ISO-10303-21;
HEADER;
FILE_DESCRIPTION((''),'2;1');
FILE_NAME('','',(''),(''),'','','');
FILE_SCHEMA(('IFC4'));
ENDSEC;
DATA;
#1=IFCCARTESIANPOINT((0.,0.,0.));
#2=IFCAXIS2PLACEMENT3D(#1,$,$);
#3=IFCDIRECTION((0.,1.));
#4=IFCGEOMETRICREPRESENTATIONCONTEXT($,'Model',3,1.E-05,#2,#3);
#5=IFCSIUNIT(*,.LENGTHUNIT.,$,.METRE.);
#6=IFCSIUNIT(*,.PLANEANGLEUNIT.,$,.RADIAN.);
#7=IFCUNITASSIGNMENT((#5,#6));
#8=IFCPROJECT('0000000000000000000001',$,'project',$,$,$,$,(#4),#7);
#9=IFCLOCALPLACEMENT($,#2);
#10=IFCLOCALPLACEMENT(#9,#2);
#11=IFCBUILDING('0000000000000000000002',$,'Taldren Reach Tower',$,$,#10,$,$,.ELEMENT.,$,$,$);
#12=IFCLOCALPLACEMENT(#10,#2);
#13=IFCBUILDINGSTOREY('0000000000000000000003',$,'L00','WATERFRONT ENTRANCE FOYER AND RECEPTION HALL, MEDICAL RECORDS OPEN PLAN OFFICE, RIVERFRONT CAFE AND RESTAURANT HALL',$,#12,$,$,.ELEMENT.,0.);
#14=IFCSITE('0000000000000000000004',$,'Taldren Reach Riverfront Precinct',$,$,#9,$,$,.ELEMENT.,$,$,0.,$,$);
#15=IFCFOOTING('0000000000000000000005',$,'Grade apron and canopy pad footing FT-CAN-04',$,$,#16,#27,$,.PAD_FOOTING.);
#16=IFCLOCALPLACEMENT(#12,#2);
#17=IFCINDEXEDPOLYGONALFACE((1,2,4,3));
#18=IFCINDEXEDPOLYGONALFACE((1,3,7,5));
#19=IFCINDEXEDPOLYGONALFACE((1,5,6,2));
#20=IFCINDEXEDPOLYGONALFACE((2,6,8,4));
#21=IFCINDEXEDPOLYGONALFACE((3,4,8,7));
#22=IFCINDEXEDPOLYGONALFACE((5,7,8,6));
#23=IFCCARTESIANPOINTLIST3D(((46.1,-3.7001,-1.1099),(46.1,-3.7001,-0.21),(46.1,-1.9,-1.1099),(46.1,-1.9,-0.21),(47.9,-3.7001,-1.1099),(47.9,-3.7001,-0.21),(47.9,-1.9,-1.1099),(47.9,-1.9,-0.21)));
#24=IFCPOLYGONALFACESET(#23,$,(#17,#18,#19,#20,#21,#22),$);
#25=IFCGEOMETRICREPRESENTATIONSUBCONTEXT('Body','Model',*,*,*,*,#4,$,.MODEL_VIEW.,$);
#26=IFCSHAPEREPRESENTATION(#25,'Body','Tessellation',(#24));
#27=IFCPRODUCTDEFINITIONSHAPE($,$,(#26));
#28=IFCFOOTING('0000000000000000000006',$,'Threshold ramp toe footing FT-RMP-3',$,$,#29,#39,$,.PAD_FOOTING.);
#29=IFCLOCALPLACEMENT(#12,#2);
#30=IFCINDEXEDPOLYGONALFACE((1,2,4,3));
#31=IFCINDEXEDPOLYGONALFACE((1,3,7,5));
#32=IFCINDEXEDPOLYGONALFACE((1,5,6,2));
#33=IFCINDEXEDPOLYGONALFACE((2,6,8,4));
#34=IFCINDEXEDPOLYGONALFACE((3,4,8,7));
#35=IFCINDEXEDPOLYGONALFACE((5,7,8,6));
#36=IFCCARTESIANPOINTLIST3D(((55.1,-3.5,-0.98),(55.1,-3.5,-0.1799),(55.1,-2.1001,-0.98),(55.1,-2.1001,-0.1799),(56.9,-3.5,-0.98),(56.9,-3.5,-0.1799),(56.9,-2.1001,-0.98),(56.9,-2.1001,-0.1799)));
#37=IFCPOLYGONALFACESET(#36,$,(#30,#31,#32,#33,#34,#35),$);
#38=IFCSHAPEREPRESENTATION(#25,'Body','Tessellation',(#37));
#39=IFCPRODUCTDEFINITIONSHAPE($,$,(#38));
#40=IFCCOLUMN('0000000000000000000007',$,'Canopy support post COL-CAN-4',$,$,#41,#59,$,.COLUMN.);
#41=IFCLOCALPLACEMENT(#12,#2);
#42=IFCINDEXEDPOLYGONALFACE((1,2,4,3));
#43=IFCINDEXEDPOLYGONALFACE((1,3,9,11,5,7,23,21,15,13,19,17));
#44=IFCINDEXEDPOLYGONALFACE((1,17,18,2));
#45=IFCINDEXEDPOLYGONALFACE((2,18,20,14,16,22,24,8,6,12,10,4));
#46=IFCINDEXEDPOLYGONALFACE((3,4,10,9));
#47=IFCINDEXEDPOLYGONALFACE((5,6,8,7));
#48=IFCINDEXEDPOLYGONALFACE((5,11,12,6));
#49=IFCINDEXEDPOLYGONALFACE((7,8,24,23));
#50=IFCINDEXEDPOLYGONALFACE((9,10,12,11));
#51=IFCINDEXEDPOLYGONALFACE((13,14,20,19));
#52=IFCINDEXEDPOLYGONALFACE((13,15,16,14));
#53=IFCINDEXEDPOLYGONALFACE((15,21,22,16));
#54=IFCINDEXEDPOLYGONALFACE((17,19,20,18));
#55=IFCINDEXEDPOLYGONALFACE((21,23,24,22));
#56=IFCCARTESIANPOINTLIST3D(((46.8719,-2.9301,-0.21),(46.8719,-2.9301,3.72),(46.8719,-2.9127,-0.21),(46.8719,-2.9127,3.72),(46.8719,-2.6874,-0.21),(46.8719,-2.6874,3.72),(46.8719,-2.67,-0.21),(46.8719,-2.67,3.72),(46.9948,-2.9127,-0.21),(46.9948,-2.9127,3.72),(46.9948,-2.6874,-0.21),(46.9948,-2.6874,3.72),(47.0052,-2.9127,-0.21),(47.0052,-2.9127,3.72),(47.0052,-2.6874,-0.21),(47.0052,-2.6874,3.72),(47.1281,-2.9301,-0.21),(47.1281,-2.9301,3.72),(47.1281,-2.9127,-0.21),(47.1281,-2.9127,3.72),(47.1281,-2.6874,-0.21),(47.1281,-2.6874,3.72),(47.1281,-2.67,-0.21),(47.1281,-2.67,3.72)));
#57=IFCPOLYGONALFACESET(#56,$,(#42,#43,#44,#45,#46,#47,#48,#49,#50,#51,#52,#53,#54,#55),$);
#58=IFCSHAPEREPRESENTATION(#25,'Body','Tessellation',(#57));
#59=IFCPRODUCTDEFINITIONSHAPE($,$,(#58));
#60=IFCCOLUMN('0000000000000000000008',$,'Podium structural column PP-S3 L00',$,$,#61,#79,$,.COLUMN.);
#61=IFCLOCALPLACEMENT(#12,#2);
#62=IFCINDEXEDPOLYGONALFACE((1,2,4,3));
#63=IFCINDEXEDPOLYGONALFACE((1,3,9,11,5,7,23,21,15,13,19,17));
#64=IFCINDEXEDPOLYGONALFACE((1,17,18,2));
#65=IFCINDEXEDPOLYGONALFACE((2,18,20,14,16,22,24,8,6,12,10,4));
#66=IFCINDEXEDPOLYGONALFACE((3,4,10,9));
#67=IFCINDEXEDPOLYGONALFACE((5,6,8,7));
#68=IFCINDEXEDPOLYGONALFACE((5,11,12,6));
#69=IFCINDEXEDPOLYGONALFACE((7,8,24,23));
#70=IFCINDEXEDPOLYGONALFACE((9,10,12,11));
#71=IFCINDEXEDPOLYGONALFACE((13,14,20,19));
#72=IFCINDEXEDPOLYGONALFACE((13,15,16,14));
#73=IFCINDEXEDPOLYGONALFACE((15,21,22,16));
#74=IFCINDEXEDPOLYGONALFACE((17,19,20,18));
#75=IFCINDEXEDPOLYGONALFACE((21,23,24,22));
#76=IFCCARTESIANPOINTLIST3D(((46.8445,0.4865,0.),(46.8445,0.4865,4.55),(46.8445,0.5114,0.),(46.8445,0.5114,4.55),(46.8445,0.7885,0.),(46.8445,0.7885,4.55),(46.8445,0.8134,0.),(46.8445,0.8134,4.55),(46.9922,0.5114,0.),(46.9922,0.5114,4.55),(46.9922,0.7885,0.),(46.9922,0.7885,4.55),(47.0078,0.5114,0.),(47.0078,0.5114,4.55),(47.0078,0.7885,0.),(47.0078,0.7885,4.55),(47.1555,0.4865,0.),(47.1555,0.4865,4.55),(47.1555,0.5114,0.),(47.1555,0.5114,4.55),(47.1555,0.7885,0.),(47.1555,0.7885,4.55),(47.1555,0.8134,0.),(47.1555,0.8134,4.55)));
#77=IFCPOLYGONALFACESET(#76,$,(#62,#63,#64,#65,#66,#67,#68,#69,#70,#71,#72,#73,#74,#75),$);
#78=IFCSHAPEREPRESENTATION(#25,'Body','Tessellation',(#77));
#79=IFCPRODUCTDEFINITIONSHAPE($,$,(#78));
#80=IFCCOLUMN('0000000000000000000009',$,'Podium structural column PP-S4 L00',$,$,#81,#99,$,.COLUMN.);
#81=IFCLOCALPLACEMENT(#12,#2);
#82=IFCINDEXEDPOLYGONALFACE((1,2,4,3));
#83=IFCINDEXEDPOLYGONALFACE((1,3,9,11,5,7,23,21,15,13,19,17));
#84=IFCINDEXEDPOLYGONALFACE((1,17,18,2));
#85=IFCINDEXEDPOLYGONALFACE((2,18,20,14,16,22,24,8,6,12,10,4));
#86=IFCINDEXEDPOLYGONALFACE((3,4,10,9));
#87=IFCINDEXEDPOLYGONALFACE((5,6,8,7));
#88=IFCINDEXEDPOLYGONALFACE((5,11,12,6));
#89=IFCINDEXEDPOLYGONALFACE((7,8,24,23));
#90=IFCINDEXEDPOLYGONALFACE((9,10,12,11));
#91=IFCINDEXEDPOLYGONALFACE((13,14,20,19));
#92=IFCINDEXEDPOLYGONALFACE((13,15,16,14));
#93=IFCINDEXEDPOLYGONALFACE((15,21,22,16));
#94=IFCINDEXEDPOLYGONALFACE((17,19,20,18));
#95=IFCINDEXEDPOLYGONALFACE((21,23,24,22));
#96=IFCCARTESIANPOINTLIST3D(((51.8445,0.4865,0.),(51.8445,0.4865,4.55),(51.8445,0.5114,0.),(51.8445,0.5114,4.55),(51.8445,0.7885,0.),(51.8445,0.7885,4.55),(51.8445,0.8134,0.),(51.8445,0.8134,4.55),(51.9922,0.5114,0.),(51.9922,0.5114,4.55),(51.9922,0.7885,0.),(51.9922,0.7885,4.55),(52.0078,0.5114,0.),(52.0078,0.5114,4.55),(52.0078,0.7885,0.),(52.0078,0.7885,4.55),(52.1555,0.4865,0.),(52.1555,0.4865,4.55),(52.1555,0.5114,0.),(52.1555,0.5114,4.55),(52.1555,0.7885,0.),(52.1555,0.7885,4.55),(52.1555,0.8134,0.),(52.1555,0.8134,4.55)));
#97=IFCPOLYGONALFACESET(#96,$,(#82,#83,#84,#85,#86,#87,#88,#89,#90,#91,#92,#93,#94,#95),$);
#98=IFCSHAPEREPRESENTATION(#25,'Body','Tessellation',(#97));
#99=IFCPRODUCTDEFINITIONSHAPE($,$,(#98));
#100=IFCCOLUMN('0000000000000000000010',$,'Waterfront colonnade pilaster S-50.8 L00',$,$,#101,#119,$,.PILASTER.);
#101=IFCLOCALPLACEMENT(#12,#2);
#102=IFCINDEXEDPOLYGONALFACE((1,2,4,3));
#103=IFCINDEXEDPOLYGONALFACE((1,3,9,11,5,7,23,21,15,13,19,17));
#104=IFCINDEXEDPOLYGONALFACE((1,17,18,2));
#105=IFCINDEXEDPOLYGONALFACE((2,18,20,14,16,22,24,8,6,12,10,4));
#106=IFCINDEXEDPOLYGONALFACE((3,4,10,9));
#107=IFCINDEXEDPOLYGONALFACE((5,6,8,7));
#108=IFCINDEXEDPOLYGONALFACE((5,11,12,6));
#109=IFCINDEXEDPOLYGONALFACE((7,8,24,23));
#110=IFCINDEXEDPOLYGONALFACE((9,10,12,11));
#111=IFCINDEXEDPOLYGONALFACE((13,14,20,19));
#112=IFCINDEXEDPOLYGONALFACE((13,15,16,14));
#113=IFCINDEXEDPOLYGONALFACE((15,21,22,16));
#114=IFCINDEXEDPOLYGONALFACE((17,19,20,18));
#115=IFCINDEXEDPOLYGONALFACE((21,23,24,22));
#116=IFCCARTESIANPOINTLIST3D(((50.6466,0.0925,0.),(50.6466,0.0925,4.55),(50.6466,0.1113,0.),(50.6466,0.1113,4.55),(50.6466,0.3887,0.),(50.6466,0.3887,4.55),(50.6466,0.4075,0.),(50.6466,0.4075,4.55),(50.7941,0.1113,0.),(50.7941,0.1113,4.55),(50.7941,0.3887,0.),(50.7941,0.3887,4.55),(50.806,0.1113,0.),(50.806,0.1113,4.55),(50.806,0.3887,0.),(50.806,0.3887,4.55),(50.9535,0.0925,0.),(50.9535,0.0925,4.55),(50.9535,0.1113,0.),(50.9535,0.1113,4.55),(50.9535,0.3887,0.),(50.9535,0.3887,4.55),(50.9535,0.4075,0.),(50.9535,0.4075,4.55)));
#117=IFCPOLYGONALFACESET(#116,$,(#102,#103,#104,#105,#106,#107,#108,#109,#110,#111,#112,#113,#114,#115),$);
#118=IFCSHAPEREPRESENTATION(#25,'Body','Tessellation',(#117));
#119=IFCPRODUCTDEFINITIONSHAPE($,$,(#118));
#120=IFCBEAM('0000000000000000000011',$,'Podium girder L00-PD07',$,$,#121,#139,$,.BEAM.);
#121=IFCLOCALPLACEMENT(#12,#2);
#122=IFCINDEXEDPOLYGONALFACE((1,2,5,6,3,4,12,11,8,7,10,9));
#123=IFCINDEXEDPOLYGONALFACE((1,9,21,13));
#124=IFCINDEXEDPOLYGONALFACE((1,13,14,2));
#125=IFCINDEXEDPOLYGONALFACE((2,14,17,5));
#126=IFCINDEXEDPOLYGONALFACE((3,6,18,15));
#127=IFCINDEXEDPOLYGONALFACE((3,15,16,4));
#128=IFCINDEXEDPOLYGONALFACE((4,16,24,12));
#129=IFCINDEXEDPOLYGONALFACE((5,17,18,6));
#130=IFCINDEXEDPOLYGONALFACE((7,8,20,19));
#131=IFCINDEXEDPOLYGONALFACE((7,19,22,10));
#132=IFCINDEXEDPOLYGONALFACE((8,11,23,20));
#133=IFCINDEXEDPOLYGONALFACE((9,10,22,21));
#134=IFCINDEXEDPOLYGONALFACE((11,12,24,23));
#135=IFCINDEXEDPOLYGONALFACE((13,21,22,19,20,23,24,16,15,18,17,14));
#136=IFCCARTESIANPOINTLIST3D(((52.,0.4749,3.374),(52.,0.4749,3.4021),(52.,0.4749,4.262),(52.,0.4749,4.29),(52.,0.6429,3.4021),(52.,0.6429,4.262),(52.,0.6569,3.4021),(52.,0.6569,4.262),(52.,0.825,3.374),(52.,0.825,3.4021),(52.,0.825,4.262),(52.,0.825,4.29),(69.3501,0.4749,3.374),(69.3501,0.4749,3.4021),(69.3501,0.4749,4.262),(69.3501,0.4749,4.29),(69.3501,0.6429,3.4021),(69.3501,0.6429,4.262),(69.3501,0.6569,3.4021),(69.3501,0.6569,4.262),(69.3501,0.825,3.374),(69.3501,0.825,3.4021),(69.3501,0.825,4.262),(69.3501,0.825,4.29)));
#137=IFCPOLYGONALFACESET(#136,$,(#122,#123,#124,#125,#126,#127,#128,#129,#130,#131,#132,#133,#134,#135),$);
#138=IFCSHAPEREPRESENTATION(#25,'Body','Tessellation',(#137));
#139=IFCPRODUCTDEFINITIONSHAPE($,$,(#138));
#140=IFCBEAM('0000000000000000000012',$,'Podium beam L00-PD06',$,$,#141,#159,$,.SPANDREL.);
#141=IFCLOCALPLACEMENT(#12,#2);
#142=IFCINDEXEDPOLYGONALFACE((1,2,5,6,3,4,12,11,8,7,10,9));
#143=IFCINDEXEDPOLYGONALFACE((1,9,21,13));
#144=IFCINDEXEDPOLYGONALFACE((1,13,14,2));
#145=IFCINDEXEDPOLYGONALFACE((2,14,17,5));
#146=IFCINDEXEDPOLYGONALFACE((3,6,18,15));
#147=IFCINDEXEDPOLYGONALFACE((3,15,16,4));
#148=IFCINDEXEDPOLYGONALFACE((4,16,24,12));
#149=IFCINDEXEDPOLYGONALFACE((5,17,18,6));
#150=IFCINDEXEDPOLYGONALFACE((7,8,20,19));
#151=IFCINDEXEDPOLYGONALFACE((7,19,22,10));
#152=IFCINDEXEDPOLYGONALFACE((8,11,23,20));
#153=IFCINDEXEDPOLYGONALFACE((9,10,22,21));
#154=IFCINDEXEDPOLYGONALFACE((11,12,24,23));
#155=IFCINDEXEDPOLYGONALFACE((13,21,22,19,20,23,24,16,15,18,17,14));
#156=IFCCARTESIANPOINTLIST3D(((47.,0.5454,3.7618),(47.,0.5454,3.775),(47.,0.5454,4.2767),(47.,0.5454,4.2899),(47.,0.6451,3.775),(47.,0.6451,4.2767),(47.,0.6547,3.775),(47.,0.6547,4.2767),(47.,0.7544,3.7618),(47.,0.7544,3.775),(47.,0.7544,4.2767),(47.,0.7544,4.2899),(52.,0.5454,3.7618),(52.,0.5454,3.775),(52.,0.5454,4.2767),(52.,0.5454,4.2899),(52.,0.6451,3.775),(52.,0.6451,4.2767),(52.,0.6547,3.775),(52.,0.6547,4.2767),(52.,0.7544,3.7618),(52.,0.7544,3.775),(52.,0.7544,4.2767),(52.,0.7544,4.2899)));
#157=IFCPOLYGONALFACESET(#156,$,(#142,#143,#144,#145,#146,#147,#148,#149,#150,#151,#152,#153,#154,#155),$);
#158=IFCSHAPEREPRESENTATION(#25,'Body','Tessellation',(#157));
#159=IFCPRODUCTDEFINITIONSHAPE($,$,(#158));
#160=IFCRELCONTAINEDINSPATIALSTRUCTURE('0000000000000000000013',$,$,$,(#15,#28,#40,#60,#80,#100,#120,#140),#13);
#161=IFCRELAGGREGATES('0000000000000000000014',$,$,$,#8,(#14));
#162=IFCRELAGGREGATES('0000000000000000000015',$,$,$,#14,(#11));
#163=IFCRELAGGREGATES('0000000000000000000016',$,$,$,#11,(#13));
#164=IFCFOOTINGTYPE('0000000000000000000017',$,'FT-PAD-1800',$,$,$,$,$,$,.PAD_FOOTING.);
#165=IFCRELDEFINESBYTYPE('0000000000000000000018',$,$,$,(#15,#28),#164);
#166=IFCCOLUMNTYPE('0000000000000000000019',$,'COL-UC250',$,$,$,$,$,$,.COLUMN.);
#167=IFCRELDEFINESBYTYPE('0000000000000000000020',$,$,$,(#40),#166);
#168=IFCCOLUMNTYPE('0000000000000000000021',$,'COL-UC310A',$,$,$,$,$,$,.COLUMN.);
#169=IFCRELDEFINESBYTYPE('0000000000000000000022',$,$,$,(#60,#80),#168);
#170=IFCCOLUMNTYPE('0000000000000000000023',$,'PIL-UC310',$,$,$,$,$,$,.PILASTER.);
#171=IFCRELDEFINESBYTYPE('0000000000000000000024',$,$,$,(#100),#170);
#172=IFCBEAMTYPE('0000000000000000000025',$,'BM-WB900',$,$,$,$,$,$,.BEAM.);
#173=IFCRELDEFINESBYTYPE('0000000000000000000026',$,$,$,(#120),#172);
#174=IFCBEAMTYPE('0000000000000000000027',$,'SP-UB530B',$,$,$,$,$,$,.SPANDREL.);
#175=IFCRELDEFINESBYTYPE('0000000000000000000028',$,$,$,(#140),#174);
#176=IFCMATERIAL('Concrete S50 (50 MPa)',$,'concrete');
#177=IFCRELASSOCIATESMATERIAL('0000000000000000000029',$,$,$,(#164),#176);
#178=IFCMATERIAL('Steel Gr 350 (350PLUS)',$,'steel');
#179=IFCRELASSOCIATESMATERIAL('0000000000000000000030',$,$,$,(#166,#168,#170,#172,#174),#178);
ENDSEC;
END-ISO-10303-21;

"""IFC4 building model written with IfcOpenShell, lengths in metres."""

from ifc_helpers import new_model, si_unit, direction, frame, origin, origin_2d, place, context, subcontext, project, spatial, rectangle, i_section, extrude, source, transform, mapped, material, material_profile, profile_set, type_object, element, save


model = new_model("IFC4")

# Units and contexts
model_context = context("Model", 3, precision=1e-05, world=origin(), true_north=direction((0.0, 1.0)))
body_context = subcontext(model_context, "Body", "Model", "MODEL_VIEW")
ifc_project = project(units=[si_unit("LENGTHUNIT", "METRE"), si_unit("PLANEANGLEUNIT", "RADIAN")], contexts=[model_context])

# Site, building, storey
site_placement = place(None, origin())
site = spatial("IfcSite", under=ifc_project, at=site_placement, Name="Taldren Reach Riverfront Precinct", CompositionType="ELEMENT", RefElevation=0.0)
building_placement = place(site_placement, origin())
building = spatial("IfcBuilding", under=site, at=building_placement, Name="Taldren Reach Tower", CompositionType="ELEMENT")
storey_placement = place(building_placement, origin())
storey = spatial("IfcBuildingStorey", under=building, at=storey_placement, Name="L00", Description="WATERFRONT ENTRANCE FOYER AND RECEPTION HALL, MEDICAL RECORDS OPEN PLAN OFFICE, RIVERFRONT CAFE AND RESTAURANT HALL", CompositionType="ELEMENT", Elevation=0.0)

# Footings
ifc_material_1 = material(Name="Concrete S50 (50 MPa)", Category="concrete")
footing_type = type_object("IfcFootingType", Name="FT-PAD-1800", PredefinedType="PAD_FOOTING", material=ifc_material_1)
shared_shape_1 = source(origin(), body_context, "Body", "SweptSolid", [
    extrude(rectangle(XDim=1.8, YDim=1.8, at=origin_2d()), origin(), (0.0, 0.0, 1.0), 0.8999),
])
footing_1_placement = place(storey_placement, frame((47.0, -2.8, -1.1099), z_axis=(0.0, 0.0, 1.0), x_axis=(1.0, 0.0, 0.0)))
element("IfcFooting", 1, at=footing_1_placement, inside=storey, type_object=footing_type, Name="Grade apron and canopy pad footing FT-CAN-04", PredefinedType="PAD_FOOTING", context=body_context, shape_type="MappedRepresentation", body=[
    mapped(shared_shape_1, transform((0.0, 0.0, 0.0), scale=1.0)),
])
shared_shape_2 = source(origin(), body_context, "Body", "SweptSolid", [
    extrude(rectangle(XDim=1.8, YDim=1.3999, at=origin_2d()), origin(), (0.0, 0.0, 1.0), 0.8),
])
footing_2_placement = place(storey_placement, frame((56.0, -2.8, -0.98), z_axis=(0.0, 0.0, 1.0), x_axis=(1.0, 0.0, 0.0)))
element("IfcFooting", 2, at=footing_2_placement, inside=storey, type_object=footing_type, Name="Threshold ramp toe footing FT-RMP-3", PredefinedType="PAD_FOOTING", context=body_context, shape_type="MappedRepresentation", body=[
    mapped(shared_shape_2, transform((0.0, 0.0, 0.0), scale=1.0)),
])

# Columns
ifc_material_2 = material(Name="Steel Gr 350 (350PLUS)", Category="steel")
ifc_material_profile_1 = material_profile(ifc_material_2, i_section(OverallWidth=0.2561, OverallDepth=0.26, WebThickness=0.0105, FlangeThickness=0.0173, at=origin_2d()), Name="250UC89.5")
ifc_profile_set_1 = profile_set([ifc_material_profile_1], Name="Steel Gr 350 (350PLUS)")
column_type_1 = type_object("IfcColumnType", Name="COL-UC250", PredefinedType="COLUMN", material=ifc_profile_set_1)
shared_shape_3 = source(origin(), body_context, "Body", "SweptSolid", [
    extrude(i_section(OverallWidth=0.2561, OverallDepth=0.26, WebThickness=0.0105, FlangeThickness=0.0173, at=origin_2d()), origin(), (0.0, 0.0, 1.0), 3.9299),
])
column_1_placement = place(storey_placement, frame((47.0, -2.8, -0.21), z_axis=(0.0, 0.0, 1.0), x_axis=(1.0, 0.0, 0.0)))
element("IfcColumn", 3, at=column_1_placement, inside=storey, type_object=column_type_1, Name="Canopy support post COL-CAN-4", PredefinedType="COLUMN", context=body_context, shape_type="MappedRepresentation", body=[
    mapped(shared_shape_3, transform((0.0, 0.0, 0.0), scale=1.0)),
])
ifc_material_profile_2 = material_profile(ifc_material_2, i_section(OverallWidth=0.311, OverallDepth=0.3269, WebThickness=0.0156, FlangeThickness=0.0249, at=origin_2d()), Name="310UC158")
ifc_profile_set_2 = profile_set([ifc_material_profile_2], Name="Steel Gr 350 (350PLUS)")
column_type_2 = type_object("IfcColumnType", Name="COL-UC310A", PredefinedType="COLUMN", material=ifc_profile_set_2)
shared_shape_4 = source(origin(), body_context, "Body", "SweptSolid", [
    extrude(i_section(OverallWidth=0.311, OverallDepth=0.3269, WebThickness=0.0156, FlangeThickness=0.0249, at=origin_2d()), origin(), (0.0, 0.0, 1.0), 4.55),
])
for number, where, z_axis, x_axis, name in (
    (4, (47.0, 0.6499, 0.0), (0.0, 0.0, 1.0), (1.0, 0.0, 0.0), "Podium structural column PP-S3 L00"),
    (5, (52.0, 0.6499, 0.0), (0.0, 0.0, 1.0), (1.0, 0.0, 0.0), "Podium structural column PP-S4 L00"),
):
    element("IfcColumn", number, at=place(storey_placement, frame(where, z_axis=z_axis, x_axis=x_axis)), inside=storey, type_object=column_type_2, Name=name, PredefinedType="COLUMN", context=body_context, shape_type="MappedRepresentation", body=[
        mapped(shared_shape_4, transform((0.0, 0.0, 0.0), scale=1.0)),
    ])
ifc_material_profile_3 = material_profile(ifc_material_2, i_section(OverallWidth=0.3069, OverallDepth=0.3149, WebThickness=0.012, FlangeThickness=0.0188, at=origin_2d()), Name="310UC118")
ifc_profile_set_3 = profile_set([ifc_material_profile_3], Name="Steel Gr 350 (350PLUS)")
column_type_3 = type_object("IfcColumnType", Name="PIL-UC310", PredefinedType="PILASTER", material=ifc_profile_set_3)
shared_shape_5 = source(origin(), body_context, "Body", "SweptSolid", [
    extrude(i_section(OverallWidth=0.3069, OverallDepth=0.3149, WebThickness=0.012, FlangeThickness=0.0188, at=origin_2d()), origin(), (0.0, 0.0, 1.0), 4.55),
])
column_2_placement = place(storey_placement, frame((50.8, 0.25, 0.0), z_axis=(0.0, 0.0, 1.0), x_axis=(1.0, 0.0, 0.0)))
element("IfcColumn", 6, at=column_2_placement, inside=storey, type_object=column_type_3, Name="Waterfront colonnade pilaster S-50.8 L00", PredefinedType="PILASTER", context=body_context, shape_type="MappedRepresentation", body=[
    mapped(shared_shape_5, transform((0.0, 0.0, 0.0), scale=1.0)),
])

# Beams
ifc_material_profile_4 = material_profile(ifc_material_2, i_section(OverallWidth=0.3501, OverallDepth=0.916, WebThickness=0.0139, FlangeThickness=0.0281, at=origin_2d()), Name="900WB257")
ifc_profile_set_4 = profile_set([ifc_material_profile_4], Name="Steel Gr 350 (350PLUS)")
beam_type_1 = type_object("IfcBeamType", Name="BM-WB900", PredefinedType="BEAM", material=ifc_profile_set_4)
shared_shape_6 = source(origin(), body_context, "Body", "SweptSolid", [
    extrude(i_section(OverallWidth=0.3501, OverallDepth=0.916, WebThickness=0.0139, FlangeThickness=0.0281, at=origin_2d()), origin(), (0.0, 0.0, 1.0), 17.3501),
])
beam_1_placement = place(storey_placement, frame((52.0, 0.6499, 3.832), z_axis=(1.0, 0.0, 0.0), x_axis=(0.0, 1.0, 0.0)))
element("IfcBeam", 7, at=beam_1_placement, inside=storey, type_object=beam_type_1, Name="Podium girder L00-PD07", PredefinedType="BEAM", context=body_context, shape_type="MappedRepresentation", body=[
    mapped(shared_shape_6, transform((0.0, 0.0, 0.0), scale=1.0)),
])
ifc_material_profile_5 = material_profile(ifc_material_2, i_section(OverallWidth=0.209, OverallDepth=0.5281, WebThickness=0.0095, FlangeThickness=0.0132, at=origin_2d()), Name="530UB82.0")
ifc_profile_set_5 = profile_set([ifc_material_profile_5], Name="Steel Gr 350 (350PLUS)")
beam_type_2 = type_object("IfcBeamType", Name="SP-UB530B", PredefinedType="SPANDREL", material=ifc_profile_set_5)
shared_shape_7 = source(origin(), body_context, "Body", "SweptSolid", [
    extrude(i_section(OverallWidth=0.209, OverallDepth=0.5281, WebThickness=0.0095, FlangeThickness=0.0132, at=origin_2d()), origin(), (0.0, 0.0, 1.0), 5.0),
])
beam_2_placement = place(storey_placement, frame((47.0, 0.6499, 4.0259), z_axis=(1.0, 0.0, 0.0), x_axis=(0.0, 1.0, 0.0)))
element("IfcBeam", 8, at=beam_2_placement, inside=storey, type_object=beam_type_2, Name="Podium beam L00-PD06", PredefinedType="SPANDREL", context=body_context, shape_type="MappedRepresentation", body=[
    mapped(shared_shape_7, transform((0.0, 0.0, 0.0), scale=1.0)),
])

save(model, "model.ifc")
